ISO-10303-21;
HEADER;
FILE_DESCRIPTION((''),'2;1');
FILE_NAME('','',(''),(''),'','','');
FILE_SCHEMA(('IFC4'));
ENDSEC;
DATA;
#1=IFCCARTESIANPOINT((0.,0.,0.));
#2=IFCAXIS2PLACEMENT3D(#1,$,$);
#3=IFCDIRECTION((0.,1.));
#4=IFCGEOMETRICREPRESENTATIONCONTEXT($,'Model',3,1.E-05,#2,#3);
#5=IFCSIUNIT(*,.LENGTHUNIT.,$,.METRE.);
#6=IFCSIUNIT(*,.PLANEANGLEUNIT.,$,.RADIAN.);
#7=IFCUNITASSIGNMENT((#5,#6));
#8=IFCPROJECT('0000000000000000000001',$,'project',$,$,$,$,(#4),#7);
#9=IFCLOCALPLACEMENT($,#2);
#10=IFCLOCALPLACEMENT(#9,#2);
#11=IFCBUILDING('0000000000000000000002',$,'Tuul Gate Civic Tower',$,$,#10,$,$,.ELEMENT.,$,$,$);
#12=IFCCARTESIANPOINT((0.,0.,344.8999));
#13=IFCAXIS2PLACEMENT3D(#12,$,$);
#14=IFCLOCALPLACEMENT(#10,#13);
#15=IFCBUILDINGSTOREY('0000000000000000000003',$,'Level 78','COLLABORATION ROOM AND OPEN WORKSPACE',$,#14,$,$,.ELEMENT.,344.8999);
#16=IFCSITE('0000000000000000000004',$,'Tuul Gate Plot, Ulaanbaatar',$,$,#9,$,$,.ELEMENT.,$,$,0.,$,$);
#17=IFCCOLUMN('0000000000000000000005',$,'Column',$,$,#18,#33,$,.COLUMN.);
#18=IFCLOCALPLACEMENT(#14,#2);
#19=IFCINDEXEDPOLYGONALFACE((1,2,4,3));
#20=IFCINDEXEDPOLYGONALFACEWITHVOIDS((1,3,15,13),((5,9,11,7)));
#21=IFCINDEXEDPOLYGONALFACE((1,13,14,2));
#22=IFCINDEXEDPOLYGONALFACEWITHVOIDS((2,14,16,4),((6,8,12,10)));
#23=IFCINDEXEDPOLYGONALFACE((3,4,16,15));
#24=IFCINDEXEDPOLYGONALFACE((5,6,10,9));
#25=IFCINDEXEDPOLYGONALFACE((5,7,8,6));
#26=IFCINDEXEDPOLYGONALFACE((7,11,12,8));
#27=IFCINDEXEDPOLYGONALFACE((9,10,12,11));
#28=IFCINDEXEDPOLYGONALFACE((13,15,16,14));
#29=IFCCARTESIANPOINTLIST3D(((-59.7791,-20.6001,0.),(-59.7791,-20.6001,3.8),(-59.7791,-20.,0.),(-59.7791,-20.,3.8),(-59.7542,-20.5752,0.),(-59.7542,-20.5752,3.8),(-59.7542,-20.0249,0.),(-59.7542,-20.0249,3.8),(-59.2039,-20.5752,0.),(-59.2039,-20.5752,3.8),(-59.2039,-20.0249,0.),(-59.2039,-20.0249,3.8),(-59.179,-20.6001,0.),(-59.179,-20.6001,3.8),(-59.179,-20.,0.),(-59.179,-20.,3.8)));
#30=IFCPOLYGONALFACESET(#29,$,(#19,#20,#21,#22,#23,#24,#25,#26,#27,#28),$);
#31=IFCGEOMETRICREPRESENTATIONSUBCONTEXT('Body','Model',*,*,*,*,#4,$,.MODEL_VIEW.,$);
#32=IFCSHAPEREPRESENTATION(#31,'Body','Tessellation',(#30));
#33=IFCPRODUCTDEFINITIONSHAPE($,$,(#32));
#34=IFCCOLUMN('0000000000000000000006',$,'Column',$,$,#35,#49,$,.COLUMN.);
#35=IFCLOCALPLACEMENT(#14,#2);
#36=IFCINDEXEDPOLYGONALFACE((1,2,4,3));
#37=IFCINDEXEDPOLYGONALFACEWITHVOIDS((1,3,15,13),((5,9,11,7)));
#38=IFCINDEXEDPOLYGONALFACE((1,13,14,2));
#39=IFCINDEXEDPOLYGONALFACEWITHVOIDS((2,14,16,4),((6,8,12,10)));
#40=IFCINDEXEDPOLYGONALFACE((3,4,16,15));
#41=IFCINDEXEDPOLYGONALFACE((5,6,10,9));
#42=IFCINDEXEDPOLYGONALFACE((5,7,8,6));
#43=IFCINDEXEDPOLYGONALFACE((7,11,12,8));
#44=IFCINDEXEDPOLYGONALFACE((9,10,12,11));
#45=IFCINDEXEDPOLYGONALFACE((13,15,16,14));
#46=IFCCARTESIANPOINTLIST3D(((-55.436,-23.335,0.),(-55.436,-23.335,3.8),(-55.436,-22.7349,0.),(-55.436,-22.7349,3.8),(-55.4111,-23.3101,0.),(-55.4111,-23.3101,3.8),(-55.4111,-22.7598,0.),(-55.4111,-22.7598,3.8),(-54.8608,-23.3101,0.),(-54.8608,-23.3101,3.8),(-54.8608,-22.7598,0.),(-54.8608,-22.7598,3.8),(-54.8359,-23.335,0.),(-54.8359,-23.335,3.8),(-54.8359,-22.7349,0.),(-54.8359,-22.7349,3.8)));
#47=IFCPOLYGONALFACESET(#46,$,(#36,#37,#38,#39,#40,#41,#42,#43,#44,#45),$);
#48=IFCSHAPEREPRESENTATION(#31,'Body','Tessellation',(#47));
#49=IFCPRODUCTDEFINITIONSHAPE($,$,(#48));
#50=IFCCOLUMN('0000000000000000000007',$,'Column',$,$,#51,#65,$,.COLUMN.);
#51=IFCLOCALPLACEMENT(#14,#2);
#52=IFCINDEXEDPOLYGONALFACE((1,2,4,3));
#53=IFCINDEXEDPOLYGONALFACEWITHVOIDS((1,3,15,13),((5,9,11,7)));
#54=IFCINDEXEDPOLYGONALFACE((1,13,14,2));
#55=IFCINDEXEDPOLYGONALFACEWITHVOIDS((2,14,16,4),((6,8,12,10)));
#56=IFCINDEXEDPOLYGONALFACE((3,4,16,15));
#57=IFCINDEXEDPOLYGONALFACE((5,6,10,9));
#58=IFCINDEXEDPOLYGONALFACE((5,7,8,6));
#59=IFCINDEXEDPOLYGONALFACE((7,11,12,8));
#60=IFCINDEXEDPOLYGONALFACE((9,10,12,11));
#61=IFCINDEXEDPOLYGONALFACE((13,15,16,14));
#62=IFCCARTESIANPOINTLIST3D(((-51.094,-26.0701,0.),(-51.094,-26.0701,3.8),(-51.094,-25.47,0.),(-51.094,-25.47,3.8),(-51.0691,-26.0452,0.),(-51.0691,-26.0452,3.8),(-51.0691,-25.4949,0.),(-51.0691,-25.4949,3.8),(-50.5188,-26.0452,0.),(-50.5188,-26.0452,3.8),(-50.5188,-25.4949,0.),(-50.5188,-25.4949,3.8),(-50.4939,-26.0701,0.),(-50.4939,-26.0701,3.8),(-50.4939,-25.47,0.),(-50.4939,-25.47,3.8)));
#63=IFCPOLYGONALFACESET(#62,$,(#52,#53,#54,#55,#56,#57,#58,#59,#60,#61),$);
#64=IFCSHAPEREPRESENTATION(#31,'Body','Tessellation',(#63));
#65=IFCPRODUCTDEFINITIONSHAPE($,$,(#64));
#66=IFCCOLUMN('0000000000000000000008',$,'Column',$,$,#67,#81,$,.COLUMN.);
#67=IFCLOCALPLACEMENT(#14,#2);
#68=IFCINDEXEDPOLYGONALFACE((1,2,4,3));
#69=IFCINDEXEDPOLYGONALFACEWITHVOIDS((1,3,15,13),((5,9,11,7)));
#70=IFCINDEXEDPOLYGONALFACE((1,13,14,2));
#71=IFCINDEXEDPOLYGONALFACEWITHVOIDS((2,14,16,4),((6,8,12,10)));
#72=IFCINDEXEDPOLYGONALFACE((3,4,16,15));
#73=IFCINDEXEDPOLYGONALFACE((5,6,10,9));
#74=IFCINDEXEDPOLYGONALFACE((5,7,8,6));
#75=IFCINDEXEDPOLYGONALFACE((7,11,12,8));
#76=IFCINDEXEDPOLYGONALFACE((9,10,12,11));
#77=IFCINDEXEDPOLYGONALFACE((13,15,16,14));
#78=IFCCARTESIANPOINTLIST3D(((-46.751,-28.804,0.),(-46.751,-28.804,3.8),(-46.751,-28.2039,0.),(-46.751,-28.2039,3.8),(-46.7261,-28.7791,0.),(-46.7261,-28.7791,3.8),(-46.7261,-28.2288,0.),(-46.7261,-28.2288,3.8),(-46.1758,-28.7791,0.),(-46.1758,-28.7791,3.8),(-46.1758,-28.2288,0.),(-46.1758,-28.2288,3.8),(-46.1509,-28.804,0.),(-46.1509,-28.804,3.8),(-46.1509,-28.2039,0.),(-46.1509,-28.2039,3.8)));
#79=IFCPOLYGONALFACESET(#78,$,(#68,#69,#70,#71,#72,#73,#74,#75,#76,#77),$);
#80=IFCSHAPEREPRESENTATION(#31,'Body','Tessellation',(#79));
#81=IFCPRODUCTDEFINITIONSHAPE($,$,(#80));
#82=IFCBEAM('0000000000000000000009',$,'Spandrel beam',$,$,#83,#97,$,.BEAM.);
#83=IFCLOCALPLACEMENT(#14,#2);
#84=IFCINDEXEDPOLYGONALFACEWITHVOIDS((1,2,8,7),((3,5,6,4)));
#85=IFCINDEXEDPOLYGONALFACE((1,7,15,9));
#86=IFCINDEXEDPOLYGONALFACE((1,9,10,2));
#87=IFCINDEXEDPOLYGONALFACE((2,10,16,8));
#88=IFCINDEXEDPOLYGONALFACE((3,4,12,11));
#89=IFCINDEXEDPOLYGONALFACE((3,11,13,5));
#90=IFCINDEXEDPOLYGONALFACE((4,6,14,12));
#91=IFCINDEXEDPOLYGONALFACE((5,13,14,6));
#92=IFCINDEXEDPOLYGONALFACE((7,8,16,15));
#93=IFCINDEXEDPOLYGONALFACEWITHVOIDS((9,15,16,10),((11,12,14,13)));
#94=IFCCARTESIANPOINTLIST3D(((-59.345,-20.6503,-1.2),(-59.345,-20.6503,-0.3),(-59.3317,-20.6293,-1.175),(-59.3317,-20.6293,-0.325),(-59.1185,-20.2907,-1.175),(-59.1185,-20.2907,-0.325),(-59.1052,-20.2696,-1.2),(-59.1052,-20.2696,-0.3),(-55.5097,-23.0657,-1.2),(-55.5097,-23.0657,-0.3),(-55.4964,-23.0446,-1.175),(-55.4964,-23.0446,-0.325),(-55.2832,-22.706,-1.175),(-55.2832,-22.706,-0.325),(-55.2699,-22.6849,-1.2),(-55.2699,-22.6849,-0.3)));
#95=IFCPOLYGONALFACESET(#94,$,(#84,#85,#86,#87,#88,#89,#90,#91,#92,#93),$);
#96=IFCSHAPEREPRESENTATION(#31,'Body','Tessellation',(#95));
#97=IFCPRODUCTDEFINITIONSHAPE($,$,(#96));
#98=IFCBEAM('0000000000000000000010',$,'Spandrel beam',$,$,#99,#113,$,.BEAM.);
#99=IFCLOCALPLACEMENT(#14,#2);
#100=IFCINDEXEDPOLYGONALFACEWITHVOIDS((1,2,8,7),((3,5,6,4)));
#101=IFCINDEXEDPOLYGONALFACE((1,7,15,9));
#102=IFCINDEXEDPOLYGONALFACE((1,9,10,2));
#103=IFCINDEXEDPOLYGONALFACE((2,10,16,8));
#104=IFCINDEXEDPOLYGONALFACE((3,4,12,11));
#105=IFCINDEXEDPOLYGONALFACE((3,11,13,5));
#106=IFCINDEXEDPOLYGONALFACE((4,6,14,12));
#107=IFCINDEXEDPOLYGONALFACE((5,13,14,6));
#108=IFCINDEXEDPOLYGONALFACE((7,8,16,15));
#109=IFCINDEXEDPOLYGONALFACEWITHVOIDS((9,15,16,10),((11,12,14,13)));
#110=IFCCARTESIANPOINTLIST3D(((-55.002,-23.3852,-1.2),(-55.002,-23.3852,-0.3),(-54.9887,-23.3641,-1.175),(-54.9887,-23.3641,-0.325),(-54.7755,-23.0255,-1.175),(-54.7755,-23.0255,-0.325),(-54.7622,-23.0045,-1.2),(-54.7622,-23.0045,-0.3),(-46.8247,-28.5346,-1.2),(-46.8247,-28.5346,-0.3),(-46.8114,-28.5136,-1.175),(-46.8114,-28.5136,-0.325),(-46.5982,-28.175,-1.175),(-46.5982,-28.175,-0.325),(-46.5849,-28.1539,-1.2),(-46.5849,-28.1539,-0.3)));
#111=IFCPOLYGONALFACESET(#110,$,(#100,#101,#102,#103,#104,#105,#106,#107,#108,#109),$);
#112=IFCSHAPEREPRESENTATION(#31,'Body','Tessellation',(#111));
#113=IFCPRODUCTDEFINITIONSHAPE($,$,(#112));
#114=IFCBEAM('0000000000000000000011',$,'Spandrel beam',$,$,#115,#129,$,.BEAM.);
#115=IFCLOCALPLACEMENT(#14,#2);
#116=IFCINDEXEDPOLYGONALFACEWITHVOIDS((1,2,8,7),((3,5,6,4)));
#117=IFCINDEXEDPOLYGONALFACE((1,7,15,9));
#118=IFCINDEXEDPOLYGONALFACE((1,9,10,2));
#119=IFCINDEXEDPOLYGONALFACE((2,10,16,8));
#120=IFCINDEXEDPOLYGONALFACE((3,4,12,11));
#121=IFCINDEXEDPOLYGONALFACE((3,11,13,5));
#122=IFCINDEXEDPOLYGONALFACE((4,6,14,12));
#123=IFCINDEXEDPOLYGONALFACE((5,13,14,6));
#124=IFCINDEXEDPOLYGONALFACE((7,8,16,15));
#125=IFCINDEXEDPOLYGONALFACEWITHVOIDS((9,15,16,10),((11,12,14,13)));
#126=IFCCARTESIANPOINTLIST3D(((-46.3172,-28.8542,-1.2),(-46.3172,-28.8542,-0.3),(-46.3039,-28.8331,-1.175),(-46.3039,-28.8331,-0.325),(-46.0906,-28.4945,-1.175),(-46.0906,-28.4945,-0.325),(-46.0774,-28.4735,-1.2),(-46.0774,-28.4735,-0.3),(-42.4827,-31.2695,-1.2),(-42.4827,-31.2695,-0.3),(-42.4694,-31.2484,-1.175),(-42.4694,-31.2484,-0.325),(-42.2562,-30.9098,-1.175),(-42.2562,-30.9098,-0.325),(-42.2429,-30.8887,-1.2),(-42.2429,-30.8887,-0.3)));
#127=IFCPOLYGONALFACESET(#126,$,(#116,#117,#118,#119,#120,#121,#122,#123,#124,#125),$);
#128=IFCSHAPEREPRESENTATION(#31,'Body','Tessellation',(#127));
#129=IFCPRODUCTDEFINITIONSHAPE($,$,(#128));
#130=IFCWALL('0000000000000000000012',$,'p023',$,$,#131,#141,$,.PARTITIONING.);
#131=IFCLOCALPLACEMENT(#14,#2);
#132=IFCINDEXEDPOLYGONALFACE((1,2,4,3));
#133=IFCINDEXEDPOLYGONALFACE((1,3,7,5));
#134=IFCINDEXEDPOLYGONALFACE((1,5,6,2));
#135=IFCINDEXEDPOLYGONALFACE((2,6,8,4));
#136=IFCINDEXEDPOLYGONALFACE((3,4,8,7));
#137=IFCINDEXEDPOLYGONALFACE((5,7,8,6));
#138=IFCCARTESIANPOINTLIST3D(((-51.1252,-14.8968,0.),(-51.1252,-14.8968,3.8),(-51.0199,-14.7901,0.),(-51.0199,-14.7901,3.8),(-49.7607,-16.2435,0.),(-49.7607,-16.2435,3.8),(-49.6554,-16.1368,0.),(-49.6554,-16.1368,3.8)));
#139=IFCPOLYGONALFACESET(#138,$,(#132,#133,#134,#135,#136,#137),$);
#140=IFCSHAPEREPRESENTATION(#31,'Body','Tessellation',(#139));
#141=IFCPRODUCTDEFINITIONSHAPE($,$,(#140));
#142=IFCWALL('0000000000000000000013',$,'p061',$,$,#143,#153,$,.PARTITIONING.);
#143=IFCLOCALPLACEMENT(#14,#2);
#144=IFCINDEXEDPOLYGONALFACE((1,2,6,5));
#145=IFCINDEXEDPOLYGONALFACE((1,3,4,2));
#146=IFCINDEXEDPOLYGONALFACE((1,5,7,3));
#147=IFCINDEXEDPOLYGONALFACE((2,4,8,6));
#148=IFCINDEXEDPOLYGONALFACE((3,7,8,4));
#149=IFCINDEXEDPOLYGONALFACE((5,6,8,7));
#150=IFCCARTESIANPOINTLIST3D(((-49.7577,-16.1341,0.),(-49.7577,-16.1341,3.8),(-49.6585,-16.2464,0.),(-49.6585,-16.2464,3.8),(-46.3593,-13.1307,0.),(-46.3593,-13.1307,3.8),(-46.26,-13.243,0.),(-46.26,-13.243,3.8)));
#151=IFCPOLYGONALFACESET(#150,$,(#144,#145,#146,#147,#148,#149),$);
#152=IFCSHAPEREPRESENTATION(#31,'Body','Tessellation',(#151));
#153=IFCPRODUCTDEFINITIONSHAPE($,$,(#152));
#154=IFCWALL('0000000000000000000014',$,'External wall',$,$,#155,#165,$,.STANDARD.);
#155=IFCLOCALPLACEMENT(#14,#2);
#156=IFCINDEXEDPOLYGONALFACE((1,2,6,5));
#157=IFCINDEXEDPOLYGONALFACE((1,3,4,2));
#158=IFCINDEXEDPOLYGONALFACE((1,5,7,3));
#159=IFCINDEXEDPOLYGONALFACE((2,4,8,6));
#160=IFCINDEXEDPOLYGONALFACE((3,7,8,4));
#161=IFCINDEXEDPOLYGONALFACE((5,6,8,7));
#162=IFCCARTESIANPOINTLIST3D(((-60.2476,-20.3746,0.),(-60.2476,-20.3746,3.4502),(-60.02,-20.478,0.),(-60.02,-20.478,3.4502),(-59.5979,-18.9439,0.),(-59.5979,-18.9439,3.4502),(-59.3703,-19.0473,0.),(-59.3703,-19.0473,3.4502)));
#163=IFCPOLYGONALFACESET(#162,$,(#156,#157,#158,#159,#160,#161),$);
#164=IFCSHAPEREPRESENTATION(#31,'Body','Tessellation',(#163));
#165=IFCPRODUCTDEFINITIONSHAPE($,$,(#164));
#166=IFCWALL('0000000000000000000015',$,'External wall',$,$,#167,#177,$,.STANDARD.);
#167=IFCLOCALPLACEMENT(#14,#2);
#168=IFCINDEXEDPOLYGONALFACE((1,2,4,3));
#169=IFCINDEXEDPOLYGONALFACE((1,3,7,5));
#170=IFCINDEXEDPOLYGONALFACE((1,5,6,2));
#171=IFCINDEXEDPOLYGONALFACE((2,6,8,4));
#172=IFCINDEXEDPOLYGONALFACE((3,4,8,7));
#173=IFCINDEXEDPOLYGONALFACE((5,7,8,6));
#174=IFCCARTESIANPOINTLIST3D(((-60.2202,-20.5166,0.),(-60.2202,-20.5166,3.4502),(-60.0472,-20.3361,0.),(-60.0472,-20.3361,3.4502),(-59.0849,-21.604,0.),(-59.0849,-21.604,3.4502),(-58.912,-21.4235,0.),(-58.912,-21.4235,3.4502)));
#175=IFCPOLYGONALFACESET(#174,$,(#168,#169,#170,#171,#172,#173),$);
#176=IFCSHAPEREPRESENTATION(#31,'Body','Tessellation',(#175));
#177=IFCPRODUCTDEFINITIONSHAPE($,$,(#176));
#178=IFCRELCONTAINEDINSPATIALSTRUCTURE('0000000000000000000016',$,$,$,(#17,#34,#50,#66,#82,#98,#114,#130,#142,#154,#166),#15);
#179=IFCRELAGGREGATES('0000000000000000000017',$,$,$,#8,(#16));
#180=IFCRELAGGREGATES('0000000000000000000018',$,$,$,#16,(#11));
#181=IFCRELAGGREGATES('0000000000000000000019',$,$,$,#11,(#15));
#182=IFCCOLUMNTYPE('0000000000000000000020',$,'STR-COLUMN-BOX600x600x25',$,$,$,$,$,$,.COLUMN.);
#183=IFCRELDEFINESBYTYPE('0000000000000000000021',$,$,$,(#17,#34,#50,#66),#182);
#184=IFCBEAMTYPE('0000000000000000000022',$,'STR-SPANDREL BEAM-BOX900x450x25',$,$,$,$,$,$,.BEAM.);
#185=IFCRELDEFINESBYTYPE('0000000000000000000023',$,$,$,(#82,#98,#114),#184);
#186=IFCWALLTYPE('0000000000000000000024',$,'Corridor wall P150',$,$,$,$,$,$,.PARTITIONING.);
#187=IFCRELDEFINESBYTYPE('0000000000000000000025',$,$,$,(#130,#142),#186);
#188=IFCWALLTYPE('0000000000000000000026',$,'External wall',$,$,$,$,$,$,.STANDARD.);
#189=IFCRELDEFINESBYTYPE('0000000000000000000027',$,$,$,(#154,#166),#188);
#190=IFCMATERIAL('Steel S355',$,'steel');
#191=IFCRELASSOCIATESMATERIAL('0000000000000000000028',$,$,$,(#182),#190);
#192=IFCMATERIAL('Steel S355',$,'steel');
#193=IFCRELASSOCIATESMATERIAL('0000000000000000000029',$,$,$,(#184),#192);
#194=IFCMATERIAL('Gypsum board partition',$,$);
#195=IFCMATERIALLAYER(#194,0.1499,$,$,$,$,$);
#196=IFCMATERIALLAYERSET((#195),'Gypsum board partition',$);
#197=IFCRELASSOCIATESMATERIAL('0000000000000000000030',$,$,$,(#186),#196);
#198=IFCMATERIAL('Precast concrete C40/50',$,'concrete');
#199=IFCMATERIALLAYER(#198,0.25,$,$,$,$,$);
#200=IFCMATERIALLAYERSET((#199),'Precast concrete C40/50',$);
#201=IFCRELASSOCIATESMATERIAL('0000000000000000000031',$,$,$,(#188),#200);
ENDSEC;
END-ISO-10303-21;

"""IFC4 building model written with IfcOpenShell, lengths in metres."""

from ifc_helpers import new_model, si_unit, direction, frame, frame_2d, origin, origin_2d, place, context, subcontext, project, spatial, rectangle, hollow_rectangle, extrude, material, layer, layer_set, material_profile, profile_set, type_object, element, save


model = new_model("IFC4")

# Units and contexts
model_context = context("Model", 3, precision=1e-05, world=origin(), true_north=direction((0.0, 1.0)))
body_context = subcontext(model_context, "Body", "Model", "MODEL_VIEW")
ifc_project = project(units=[si_unit("LENGTHUNIT", "METRE"), si_unit("PLANEANGLEUNIT", "RADIAN")], contexts=[model_context])

# Site, building, storey
site_placement = place(None, origin())
site = spatial("IfcSite", under=ifc_project, at=site_placement, Name="Tuul Gate Plot, Ulaanbaatar", CompositionType="ELEMENT", RefElevation=0.0)
building_placement = place(site_placement, origin())
building = spatial("IfcBuilding", under=site, at=building_placement, Name="Tuul Gate Civic Tower", CompositionType="ELEMENT")
storey_placement = place(building_placement, frame((0.0, 0.0, 344.8999)))
storey = spatial("IfcBuildingStorey", under=building, at=storey_placement, Name="Level 78", Description="COLLABORATION ROOM AND OPEN WORKSPACE", CompositionType="ELEMENT", Elevation=344.8999)

# Columns
ifc_material_1 = material(Name="Steel S355", Category="steel")
ifc_material_profile_1 = material_profile(ifc_material_1, hollow_rectangle(XDim=0.6001, YDim=0.6001, WallThickness=0.0249, at=origin_2d()), Name="BOX600x600x25")
ifc_profile_set_1 = profile_set([ifc_material_profile_1], Name="Steel S355")
column_type = type_object("IfcColumnType", Name="STR-COLUMN-BOX600x600x25", PredefinedType="COLUMN", material=ifc_profile_set_1)
for number, where, z_axis, x_axis, name in (
    (1, (-59.479, -20.3, 0.0), (0.0, 0.0, 1.0), (1.0, 0.0, 0.0), "Column"),
    (2, (-55.136, -23.0349, 0.0), (0.0, 0.0, 1.0), (1.0, 0.0, 0.0), "Column"),
    (3, (-50.7939, -25.77, 0.0), (0.0, 0.0, 1.0), (1.0, 0.0, 0.0), "Column"),
    (4, (-46.4509, -28.5039, 0.0), (0.0, 0.0, 1.0), (1.0, 0.0, 0.0), "Column"),
):
    element("IfcColumn", number, at=place(storey_placement, frame(where, z_axis=z_axis, x_axis=x_axis)), inside=storey, type_object=column_type, Name=name, PredefinedType="COLUMN", context=body_context, shape_type="SweptSolid", body=[
        extrude(hollow_rectangle(XDim=0.6001, YDim=0.6001, WallThickness=0.0249, at=origin_2d()), origin(), (0.0, 0.0, 1.0), 3.8),
    ])

# Beams
ifc_material_2 = material(Name="Steel S355", Category="steel")
ifc_material_profile_2 = material_profile(ifc_material_2, hollow_rectangle(XDim=0.45, YDim=0.8999, WallThickness=0.0249, at=origin_2d()), Name="BOX900x450x25")
ifc_profile_set_2 = profile_set([ifc_material_profile_2], Name="Steel S355")
beam_type = type_object("IfcBeamType", Name="STR-SPANDREL BEAM-BOX900x450x25", PredefinedType="BEAM", material=ifc_profile_set_2)
beam_1_placement = place(storey_placement, frame((-59.2251, -20.46, -0.75), z_axis=(0.846181, -0.532896, 0.0), x_axis=(0.532896, 0.846181, 0.0)))
element("IfcBeam", 5, at=beam_1_placement, inside=storey, type_object=beam_type, Name="Spandrel beam", PredefinedType="BEAM", context=body_context, shape_type="SweptSolid", body=[
    extrude(hollow_rectangle(XDim=0.45, YDim=0.8999, WallThickness=0.0249, at=origin_2d()), origin(), (0.0, 0.0, 1.0), 4.5325),
])
beam_2_placement = place(storey_placement, frame((-54.8821, -23.1948, -0.75), z_axis=(0.846197, -0.532871, 0.0), x_axis=(0.532871, 0.846197, 0.0)))
element("IfcBeam", 6, at=beam_2_placement, inside=storey, type_object=beam_type, Name="Spandrel beam", PredefinedType="BEAM", context=body_context, shape_type="SweptSolid", body=[
    extrude(hollow_rectangle(XDim=0.45, YDim=0.8999, WallThickness=0.0249, at=origin_2d()), origin(), (0.0, 0.0, 1.0), 9.6636),
])
beam_3_placement = place(storey_placement, frame((-46.1973, -28.6638, -0.75), z_axis=(0.846135, -0.532969, 0.0), x_axis=(0.532969, 0.846135, 0.0)))
element("IfcBeam", 7, at=beam_3_placement, inside=storey, type_object=beam_type, Name="Spandrel beam", PredefinedType="BEAM", context=body_context, shape_type="SweptSolid", body=[
    extrude(hollow_rectangle(XDim=0.45, YDim=0.8999, WallThickness=0.0249, at=origin_2d()), origin(), (0.0, 0.0, 1.0), 4.5317),
])

# Walls
ifc_material_3 = material(Name="Gypsum board partition")
ifc_layer_1 = layer(ifc_material_3, 0.1499)
ifc_layer_set_1 = layer_set([ifc_layer_1], Name="Gypsum board partition")
wall_type_1 = type_object("IfcWallType", Name="Corridor wall P150", PredefinedType="PARTITIONING", material=ifc_layer_set_1)
wall_1_placement = place(storey_placement, frame((-51.0725, -14.8435, 0.0), z_axis=(0.0, 0.0, 1.0), x_axis=(0.71174, -0.702443, 0.0)))
element("IfcWall", 8, at=wall_1_placement, inside=storey, type_object=wall_type_1, Name="p023", PredefinedType="PARTITIONING", context=body_context, shape_type="SweptSolid", body=[
    extrude(rectangle(XDim=1.9172, YDim=0.1499, at=frame_2d((0.9585, 0.0))), origin(), (0.0, 0.0, 1.0), 3.8),
])
wall_2_placement = place(storey_placement, frame((-49.708, -16.1902, 0.0), z_axis=(0.0, 0.0, 1.0), x_axis=(0.749313, 0.662216, 0.0)))
element("IfcWall", 9, at=wall_2_placement, inside=storey, type_object=wall_type_1, Name="p061", PredefinedType="PARTITIONING", context=body_context, shape_type="SweptSolid", body=[
    extrude(rectangle(XDim=4.5354, YDim=0.1499, at=frame_2d((2.2676, 0.0))), origin(), (0.0, 0.0, 1.0), 3.8),
])
ifc_material_4 = material(Name="Precast concrete C40/50", Category="concrete")
ifc_layer_2 = layer(ifc_material_4, 0.25)
ifc_layer_set_2 = layer_set([ifc_layer_2], Name="Precast concrete C40/50")
wall_type_2 = type_object("IfcWallType", Name="External wall", PredefinedType="STANDARD", material=ifc_layer_set_2)
wall_3_placement = place(storey_placement, frame((-59.4841, -18.9956, 0.0), z_axis=(0.0, 0.0, 1.0), x_axis=(-0.413463, -0.910521, 0.0)))
element("IfcWall", 10, at=wall_3_placement, inside=storey, type_object=wall_type_2, Name="External wall", PredefinedType="STANDARD", context=body_context, shape_type="SweptSolid", body=[
    extrude(rectangle(XDim=1.5713, YDim=0.25, at=frame_2d((0.7856, 0.0))), origin(), (0.0, 0.0, 1.0), 3.4502),
])
wall_4_placement = place(storey_placement, frame((-60.1338, -20.4263, 0.0), z_axis=(0.0, 0.0, 1.0), x_axis=(0.722163, -0.691723, 0.0)))
element("IfcWall", 11, at=wall_4_placement, inside=storey, type_object=wall_type_2, Name="External wall", PredefinedType="STANDARD", context=body_context, shape_type="SweptSolid", body=[
    extrude(rectangle(XDim=1.572, YDim=0.25, at=frame_2d((0.7861, 0.0))), origin(), (0.0, 0.0, 1.0), 3.4502),
])

save(model, "model.ifc")
